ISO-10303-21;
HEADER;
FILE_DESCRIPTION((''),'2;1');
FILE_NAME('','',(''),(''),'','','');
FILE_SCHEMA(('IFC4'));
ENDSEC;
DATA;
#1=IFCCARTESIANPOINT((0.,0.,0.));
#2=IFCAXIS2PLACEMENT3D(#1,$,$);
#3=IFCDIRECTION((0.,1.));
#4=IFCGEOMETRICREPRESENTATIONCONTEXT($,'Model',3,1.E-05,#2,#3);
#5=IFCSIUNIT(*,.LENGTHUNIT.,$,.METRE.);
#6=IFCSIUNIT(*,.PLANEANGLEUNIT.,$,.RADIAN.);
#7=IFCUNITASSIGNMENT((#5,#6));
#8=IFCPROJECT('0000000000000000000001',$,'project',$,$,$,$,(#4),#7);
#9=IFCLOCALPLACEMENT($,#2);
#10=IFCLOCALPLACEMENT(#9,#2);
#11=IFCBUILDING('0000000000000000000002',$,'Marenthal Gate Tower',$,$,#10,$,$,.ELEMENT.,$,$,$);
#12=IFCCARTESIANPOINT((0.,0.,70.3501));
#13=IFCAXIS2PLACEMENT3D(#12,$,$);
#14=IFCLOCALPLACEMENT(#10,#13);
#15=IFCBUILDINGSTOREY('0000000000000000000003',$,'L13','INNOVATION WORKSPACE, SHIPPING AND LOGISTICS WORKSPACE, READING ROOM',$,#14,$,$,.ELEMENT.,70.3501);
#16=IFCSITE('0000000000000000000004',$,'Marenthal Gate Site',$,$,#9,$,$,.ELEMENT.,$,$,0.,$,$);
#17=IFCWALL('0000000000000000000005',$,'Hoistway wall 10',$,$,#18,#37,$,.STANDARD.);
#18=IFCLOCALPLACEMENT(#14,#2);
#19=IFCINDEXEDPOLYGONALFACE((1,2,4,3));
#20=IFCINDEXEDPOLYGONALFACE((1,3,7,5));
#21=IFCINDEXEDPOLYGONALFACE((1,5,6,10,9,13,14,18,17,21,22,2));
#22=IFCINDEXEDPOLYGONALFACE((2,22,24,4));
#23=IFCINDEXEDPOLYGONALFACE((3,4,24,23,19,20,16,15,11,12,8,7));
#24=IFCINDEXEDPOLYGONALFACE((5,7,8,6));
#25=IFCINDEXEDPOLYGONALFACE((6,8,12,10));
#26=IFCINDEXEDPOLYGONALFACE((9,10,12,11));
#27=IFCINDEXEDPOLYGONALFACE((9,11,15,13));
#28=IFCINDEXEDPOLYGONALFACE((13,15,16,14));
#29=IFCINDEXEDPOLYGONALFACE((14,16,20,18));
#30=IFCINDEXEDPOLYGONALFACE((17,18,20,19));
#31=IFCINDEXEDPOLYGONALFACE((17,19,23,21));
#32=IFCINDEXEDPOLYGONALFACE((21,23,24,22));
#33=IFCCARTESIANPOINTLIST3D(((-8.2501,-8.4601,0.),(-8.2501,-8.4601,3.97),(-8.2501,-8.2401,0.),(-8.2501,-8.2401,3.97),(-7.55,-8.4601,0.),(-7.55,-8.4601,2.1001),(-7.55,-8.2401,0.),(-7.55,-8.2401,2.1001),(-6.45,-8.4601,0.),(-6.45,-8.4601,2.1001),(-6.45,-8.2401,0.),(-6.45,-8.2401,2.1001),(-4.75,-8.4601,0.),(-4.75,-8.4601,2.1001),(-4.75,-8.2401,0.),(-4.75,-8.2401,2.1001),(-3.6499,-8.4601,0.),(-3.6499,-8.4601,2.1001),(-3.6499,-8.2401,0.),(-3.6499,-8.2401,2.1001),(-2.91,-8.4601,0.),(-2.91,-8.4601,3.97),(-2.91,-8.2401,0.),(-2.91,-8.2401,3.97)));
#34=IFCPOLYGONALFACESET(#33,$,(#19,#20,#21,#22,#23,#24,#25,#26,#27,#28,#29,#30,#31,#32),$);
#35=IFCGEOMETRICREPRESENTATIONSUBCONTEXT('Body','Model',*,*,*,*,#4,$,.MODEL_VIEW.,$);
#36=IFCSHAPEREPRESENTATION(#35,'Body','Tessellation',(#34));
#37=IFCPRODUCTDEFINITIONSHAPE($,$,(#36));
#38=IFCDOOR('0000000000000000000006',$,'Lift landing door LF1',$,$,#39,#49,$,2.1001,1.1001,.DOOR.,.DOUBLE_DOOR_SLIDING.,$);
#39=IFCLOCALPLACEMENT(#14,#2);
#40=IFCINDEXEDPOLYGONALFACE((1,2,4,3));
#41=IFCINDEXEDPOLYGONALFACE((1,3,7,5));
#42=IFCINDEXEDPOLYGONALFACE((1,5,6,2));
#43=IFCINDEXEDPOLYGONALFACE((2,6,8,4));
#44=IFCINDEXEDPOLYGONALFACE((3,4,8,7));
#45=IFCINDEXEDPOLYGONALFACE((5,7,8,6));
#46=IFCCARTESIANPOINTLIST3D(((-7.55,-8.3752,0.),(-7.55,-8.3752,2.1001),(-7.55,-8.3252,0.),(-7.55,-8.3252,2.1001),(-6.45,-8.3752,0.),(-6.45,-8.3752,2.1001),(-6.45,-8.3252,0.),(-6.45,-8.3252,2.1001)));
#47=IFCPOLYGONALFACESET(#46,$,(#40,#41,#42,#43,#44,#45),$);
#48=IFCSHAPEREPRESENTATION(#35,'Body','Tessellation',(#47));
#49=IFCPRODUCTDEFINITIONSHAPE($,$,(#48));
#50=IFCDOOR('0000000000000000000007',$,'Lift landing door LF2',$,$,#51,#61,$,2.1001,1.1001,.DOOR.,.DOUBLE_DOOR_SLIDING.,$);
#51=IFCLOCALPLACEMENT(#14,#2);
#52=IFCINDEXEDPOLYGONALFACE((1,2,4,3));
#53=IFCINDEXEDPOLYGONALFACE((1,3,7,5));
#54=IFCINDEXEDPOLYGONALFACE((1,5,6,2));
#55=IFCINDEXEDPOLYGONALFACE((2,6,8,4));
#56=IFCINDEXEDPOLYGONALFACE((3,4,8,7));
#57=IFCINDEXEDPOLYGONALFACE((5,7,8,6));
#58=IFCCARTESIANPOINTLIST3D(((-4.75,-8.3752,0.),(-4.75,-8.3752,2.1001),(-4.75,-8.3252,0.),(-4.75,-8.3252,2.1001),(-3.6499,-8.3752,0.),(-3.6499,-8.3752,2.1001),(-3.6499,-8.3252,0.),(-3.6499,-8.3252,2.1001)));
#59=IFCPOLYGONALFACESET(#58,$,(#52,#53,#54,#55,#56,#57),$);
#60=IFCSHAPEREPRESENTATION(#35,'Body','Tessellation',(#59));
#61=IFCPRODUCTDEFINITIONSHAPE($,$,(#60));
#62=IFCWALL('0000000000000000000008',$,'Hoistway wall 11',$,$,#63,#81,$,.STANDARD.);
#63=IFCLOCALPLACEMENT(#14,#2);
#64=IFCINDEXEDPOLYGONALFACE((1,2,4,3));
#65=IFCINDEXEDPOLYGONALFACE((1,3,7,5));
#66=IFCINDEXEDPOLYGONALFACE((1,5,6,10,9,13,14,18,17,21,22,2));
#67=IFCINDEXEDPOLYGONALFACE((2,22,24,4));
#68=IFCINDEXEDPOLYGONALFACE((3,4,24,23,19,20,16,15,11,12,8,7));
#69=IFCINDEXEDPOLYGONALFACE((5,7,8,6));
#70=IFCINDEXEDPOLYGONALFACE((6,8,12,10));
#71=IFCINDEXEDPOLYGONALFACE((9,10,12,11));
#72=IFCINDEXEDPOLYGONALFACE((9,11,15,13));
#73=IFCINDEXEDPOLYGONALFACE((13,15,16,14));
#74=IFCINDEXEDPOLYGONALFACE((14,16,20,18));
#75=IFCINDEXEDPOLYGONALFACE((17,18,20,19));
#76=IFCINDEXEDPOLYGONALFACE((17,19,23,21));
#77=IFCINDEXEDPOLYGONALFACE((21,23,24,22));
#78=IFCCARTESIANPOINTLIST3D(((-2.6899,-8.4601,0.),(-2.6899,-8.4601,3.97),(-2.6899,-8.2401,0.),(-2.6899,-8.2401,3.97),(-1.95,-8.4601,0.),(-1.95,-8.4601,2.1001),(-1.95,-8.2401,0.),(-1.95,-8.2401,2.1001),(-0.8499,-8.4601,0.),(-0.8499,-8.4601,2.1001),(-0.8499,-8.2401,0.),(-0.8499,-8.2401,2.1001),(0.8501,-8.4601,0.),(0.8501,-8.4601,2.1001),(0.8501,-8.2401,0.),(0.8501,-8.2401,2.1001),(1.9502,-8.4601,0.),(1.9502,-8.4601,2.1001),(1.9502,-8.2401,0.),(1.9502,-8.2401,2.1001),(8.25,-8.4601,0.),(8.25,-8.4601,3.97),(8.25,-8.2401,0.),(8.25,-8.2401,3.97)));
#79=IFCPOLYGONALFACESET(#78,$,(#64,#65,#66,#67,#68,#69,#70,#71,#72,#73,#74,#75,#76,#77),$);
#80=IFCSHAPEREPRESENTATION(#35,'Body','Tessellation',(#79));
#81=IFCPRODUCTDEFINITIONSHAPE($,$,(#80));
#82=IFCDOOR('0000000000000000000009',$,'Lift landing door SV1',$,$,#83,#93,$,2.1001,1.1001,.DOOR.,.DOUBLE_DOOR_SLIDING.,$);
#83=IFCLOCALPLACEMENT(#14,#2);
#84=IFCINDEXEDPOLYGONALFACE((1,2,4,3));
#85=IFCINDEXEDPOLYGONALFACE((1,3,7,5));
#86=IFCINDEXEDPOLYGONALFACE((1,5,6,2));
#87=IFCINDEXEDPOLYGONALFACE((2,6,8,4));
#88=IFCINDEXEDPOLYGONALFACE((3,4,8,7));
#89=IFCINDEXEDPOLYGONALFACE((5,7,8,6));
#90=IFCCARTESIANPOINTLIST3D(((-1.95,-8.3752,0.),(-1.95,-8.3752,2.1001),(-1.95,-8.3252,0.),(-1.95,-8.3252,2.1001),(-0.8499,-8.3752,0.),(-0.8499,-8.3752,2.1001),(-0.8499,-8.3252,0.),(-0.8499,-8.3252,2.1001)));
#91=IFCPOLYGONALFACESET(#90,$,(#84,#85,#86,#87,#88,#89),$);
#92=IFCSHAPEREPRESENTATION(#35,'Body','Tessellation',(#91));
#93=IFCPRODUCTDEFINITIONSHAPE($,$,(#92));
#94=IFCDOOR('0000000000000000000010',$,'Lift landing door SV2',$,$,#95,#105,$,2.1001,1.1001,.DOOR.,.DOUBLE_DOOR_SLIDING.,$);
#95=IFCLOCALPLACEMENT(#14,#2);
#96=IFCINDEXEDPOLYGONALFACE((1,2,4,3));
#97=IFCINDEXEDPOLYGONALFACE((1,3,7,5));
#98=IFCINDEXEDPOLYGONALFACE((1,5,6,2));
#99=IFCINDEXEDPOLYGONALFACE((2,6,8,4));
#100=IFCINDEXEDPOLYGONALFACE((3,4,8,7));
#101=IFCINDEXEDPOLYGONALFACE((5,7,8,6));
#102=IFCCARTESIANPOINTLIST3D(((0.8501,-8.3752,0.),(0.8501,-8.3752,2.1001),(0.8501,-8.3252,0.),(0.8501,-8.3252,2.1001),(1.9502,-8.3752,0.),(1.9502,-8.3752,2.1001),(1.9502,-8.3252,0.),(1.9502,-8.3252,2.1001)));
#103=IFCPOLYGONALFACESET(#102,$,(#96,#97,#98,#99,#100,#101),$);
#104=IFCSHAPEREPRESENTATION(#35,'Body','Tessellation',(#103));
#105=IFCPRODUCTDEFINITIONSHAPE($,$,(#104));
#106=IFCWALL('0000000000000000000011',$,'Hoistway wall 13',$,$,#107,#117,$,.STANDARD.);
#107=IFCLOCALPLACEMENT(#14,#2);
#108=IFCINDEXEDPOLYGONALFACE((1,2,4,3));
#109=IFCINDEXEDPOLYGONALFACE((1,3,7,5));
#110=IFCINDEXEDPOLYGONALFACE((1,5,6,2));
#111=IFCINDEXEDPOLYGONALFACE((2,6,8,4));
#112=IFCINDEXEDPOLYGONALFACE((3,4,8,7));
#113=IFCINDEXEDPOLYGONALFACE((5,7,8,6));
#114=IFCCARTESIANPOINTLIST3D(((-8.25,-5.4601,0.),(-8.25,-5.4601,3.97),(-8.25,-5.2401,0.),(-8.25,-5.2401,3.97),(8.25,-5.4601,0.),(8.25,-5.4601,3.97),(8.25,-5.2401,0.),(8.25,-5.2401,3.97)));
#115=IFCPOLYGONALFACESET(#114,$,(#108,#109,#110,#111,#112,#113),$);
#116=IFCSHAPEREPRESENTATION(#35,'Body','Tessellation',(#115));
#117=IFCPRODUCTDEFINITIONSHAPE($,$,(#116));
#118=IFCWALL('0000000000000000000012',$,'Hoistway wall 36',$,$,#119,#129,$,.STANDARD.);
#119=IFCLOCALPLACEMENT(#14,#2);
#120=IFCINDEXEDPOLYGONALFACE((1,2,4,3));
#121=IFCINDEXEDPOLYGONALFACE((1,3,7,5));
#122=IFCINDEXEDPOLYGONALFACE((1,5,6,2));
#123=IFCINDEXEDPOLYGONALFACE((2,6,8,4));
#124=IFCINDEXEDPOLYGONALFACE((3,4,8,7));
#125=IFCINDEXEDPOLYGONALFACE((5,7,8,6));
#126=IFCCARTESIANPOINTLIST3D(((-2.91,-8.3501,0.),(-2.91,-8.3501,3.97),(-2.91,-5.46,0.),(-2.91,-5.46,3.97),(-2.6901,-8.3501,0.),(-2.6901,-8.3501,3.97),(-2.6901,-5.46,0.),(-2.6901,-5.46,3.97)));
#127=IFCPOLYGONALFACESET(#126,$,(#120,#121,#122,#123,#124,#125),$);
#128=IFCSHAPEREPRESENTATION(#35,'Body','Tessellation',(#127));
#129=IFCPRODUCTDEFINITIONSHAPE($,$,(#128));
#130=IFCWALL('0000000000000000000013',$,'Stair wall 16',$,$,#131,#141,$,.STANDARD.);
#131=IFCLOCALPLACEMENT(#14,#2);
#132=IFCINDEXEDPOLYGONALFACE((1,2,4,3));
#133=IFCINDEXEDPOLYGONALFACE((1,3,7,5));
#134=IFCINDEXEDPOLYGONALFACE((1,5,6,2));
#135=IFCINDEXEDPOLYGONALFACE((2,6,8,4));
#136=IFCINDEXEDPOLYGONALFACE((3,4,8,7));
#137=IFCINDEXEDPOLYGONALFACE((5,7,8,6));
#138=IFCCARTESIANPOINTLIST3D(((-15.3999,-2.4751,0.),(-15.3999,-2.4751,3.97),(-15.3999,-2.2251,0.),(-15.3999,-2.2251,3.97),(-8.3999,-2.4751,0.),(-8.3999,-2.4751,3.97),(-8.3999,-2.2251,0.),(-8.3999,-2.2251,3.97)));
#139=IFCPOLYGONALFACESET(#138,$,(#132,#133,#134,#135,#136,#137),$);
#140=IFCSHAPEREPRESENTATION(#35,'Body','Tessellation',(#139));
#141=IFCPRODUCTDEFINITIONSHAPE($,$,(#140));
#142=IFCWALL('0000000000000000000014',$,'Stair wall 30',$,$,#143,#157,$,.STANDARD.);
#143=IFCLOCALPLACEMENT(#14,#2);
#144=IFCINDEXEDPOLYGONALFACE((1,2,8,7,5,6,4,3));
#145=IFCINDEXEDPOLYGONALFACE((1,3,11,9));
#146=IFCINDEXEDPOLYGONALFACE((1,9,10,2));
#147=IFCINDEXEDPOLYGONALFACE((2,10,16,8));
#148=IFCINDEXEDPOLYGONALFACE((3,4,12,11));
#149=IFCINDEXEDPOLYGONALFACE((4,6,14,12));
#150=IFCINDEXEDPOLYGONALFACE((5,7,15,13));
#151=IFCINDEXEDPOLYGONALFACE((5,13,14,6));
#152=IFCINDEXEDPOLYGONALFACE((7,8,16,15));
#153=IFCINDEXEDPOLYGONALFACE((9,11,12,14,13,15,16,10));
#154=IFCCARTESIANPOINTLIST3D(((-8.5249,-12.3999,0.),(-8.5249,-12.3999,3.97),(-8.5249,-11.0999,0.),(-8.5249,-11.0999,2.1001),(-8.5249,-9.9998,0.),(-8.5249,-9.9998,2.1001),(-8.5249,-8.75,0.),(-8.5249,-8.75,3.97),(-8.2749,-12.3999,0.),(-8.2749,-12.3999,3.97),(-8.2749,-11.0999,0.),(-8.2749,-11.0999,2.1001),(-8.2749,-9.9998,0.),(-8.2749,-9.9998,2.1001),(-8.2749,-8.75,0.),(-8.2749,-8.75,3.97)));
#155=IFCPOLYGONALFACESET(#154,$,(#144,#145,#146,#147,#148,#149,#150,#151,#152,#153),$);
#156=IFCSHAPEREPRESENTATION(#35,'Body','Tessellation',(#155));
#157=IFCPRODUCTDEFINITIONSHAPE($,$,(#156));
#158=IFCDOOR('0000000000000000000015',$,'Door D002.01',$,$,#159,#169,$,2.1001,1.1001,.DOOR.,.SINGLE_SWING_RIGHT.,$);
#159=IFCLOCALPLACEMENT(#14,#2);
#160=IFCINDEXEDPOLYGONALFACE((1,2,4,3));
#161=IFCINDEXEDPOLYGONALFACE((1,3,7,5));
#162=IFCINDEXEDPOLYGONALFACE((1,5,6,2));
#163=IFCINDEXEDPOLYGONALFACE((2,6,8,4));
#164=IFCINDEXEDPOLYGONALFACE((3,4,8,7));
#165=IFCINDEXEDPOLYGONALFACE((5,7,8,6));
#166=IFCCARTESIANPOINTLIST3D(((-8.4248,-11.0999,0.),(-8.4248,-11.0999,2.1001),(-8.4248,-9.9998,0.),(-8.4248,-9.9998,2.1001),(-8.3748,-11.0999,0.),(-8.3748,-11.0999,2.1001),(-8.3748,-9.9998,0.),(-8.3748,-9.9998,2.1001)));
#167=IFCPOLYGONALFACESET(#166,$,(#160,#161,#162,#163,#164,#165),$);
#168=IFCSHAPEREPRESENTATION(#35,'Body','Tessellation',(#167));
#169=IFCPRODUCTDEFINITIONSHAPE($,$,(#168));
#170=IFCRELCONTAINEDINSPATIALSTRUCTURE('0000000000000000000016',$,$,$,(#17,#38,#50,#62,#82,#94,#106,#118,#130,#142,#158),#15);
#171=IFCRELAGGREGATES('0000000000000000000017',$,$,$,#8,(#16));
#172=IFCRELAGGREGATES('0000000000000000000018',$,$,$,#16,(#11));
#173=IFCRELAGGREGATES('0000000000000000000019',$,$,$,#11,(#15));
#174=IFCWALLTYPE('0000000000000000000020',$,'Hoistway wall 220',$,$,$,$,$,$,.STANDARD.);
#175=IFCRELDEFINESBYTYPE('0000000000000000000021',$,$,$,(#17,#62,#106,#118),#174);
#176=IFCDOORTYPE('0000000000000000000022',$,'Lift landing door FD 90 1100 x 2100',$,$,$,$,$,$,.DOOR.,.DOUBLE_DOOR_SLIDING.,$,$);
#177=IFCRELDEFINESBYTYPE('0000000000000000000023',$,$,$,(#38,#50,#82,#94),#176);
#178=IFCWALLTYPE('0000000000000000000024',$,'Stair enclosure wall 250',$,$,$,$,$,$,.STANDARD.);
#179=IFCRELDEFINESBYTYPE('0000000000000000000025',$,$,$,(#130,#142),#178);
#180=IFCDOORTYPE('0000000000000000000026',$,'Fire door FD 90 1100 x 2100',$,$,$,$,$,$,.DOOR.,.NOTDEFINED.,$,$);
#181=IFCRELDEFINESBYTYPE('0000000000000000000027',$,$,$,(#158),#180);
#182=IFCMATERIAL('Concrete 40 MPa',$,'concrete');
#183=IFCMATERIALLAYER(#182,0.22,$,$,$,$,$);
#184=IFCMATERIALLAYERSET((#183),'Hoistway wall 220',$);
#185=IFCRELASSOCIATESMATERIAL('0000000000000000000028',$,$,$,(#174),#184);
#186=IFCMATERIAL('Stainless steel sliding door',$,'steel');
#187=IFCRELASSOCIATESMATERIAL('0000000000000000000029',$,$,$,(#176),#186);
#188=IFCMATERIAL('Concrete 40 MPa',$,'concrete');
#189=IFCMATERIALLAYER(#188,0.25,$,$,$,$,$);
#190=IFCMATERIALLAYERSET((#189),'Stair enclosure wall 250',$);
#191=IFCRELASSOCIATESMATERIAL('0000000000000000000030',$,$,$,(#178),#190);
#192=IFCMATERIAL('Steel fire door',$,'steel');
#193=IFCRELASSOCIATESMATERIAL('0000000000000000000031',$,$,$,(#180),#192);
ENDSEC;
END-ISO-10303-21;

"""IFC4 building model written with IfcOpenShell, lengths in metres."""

from ifc_helpers import new_model, si_unit, direction, frame, frame_2d, origin, place, context, subcontext, project, spatial, rectangle, extrude, material, layer, layer_set, type_object, element, fill, save


model = new_model("IFC4")

# Units and contexts
model_context = context("Model", 3, precision=1e-05, world=origin(), true_north=direction((0.0, 1.0)))
body_context = subcontext(model_context, "Body", "Model", "MODEL_VIEW")
ifc_project = project(units=[si_unit("LENGTHUNIT", "METRE"), si_unit("PLANEANGLEUNIT", "RADIAN")], contexts=[model_context])

# Site, building, storey
site_placement = place(None, origin())
site = spatial("IfcSite", under=ifc_project, at=site_placement, Name="Marenthal Gate Site", CompositionType="ELEMENT", RefElevation=0.0)
building_placement = place(site_placement, origin())
building = spatial("IfcBuilding", under=site, at=building_placement, Name="Marenthal Gate Tower", CompositionType="ELEMENT")
storey_placement = place(building_placement, frame((0.0, 0.0, 70.3501)))
storey = spatial("IfcBuildingStorey", under=building, at=storey_placement, Name="L13", Description="INNOVATION WORKSPACE, SHIPPING AND LOGISTICS WORKSPACE, READING ROOM", CompositionType="ELEMENT", Elevation=70.3501)

# Walls, openings, doors
ifc_material_1 = material(Name="Concrete 40 MPa", Category="concrete")
ifc_layer_1 = layer(ifc_material_1, 0.22)
ifc_layer_set_1 = layer_set([ifc_layer_1], Name="Hoistway wall 220")
wall_type_1 = type_object("IfcWallType", Name="Hoistway wall 220", PredefinedType="STANDARD", material=ifc_layer_set_1)
wall_1_placement = place(storey_placement, frame((-8.25, -8.3501, 0.0), z_axis=(0.0, 0.0, 1.0), x_axis=(1.0, 0.0, 0.0)))
wall_1 = element("IfcWall", 1, at=wall_1_placement, inside=storey, type_object=wall_type_1, Name="Hoistway wall 10", PredefinedType="STANDARD", context=body_context, shape_type="SweptSolid", body=[
    extrude(rectangle(XDim=5.3401, YDim=0.22, at=frame_2d((2.6699, 0.0))), origin(), (0.0, 0.0, 1.0), 3.97),
])
opening_1_placement = place(wall_1_placement, frame((0.7, 0.0, 0.0)))
opening_1 = element("IfcOpeningElement", 2, at=opening_1_placement, cuts=wall_1, PredefinedType="OPENING", context=body_context, shape_type="SweptSolid", body=[
    extrude(rectangle(XDim=1.1001, YDim=2.1001, at=frame_2d((0.55, 1.05))), frame((0.0, 0.1201, 0.0), z_axis=(0.0, -1.0, 0.0), x_axis=(1.0, 0.0, 0.0)), (0.0, 0.0, 1.0), 0.24),
])
opening_2_placement = place(wall_1_placement, frame((3.5, 0.0, 0.0)))
opening_2 = element("IfcOpeningElement", 3, at=opening_2_placement, cuts=wall_1, PredefinedType="OPENING", context=body_context, shape_type="SweptSolid", body=[
    extrude(rectangle(XDim=1.1001, YDim=2.1001, at=frame_2d((0.55, 1.05))), frame((0.0, 0.1201, 0.0), z_axis=(0.0, -1.0, 0.0), x_axis=(1.0, 0.0, 0.0)), (0.0, 0.0, 1.0), 0.24),
])
ifc_material_2 = material(Name="Stainless steel sliding door", Category="steel")
door_type_1 = type_object("IfcDoorType", Name="Lift landing door FD 90 1100 x 2100", OperationType="DOUBLE_DOOR_SLIDING", PredefinedType="DOOR", material=ifc_material_2)
door_1_placement = place(opening_1_placement, origin())
door_1 = element("IfcDoor", 4, at=door_1_placement, inside=storey, type_object=door_type_1, Name="Lift landing door LF1", OperationType="DOUBLE_DOOR_SLIDING", OverallHeight=2.1001, OverallWidth=1.1001, PredefinedType="DOOR", context=body_context, shape_type="SweptSolid", body=[
    extrude(rectangle(XDim=1.1001, YDim=2.1001, at=frame_2d((0.55, 1.05))), frame((0.0, 0.0249, 0.0), z_axis=(0.0, -1.0, 0.0), x_axis=(1.0, 0.0, 0.0)), (0.0, 0.0, 1.0), 0.05),
])
fill(opening_1, door_1)
door_2_placement = place(opening_2_placement, origin())
door_2 = element("IfcDoor", 5, at=door_2_placement, inside=storey, type_object=door_type_1, Name="Lift landing door LF2", OperationType="DOUBLE_DOOR_SLIDING", OverallHeight=2.1001, OverallWidth=1.1001, PredefinedType="DOOR", context=body_context, shape_type="SweptSolid", body=[
    extrude(rectangle(XDim=1.1001, YDim=2.1001, at=frame_2d((0.55, 1.05))), frame((0.0, 0.0249, 0.0), z_axis=(0.0, -1.0, 0.0), x_axis=(1.0, 0.0, 0.0)), (0.0, 0.0, 1.0), 0.05),
])
fill(opening_2, door_2)
wall_2_placement = place(storey_placement, frame((-2.6899, -8.3501, 0.0), z_axis=(0.0, 0.0, 1.0), x_axis=(1.0, 0.0, 0.0)))
wall_2 = element("IfcWall", 6, at=wall_2_placement, inside=storey, type_object=wall_type_1, Name="Hoistway wall 11", PredefinedType="STANDARD", context=body_context, shape_type="SweptSolid", body=[
    extrude(rectangle(XDim=10.9399, YDim=0.22, at=frame_2d((5.47, 0.0))), origin(), (0.0, 0.0, 1.0), 3.97),
])
opening_3_placement = place(wall_2_placement, frame((0.74, 0.0, 0.0)))
opening_3 = element("IfcOpeningElement", 7, at=opening_3_placement, cuts=wall_2, PredefinedType="OPENING", context=body_context, shape_type="SweptSolid", body=[
    extrude(rectangle(XDim=1.1001, YDim=2.1001, at=frame_2d((0.55, 1.05))), frame((0.0, 0.1201, 0.0), z_axis=(0.0, -1.0, 0.0), x_axis=(1.0, 0.0, 0.0)), (0.0, 0.0, 1.0), 0.24),
])
opening_4_placement = place(wall_2_placement, frame((3.54, 0.0, 0.0)))
opening_4 = element("IfcOpeningElement", 8, at=opening_4_placement, cuts=wall_2, PredefinedType="OPENING", context=body_context, shape_type="SweptSolid", body=[
    extrude(rectangle(XDim=1.1001, YDim=2.1001, at=frame_2d((0.55, 1.05))), frame((0.0, 0.1201, 0.0), z_axis=(0.0, -1.0, 0.0), x_axis=(1.0, 0.0, 0.0)), (0.0, 0.0, 1.0), 0.24),
])
door_3_placement = place(opening_3_placement, origin())
door_3 = element("IfcDoor", 9, at=door_3_placement, inside=storey, type_object=door_type_1, Name="Lift landing door SV1", OperationType="DOUBLE_DOOR_SLIDING", OverallHeight=2.1001, OverallWidth=1.1001, PredefinedType="DOOR", context=body_context, shape_type="SweptSolid", body=[
    extrude(rectangle(XDim=1.1001, YDim=2.1001, at=frame_2d((0.55, 1.05))), frame((0.0, 0.0249, 0.0), z_axis=(0.0, -1.0, 0.0), x_axis=(1.0, 0.0, 0.0)), (0.0, 0.0, 1.0), 0.05),
])
fill(opening_3, door_3)
door_4_placement = place(opening_4_placement, origin())
door_4 = element("IfcDoor", 10, at=door_4_placement, inside=storey, type_object=door_type_1, Name="Lift landing door SV2", OperationType="DOUBLE_DOOR_SLIDING", OverallHeight=2.1001, OverallWidth=1.1001, PredefinedType="DOOR", context=body_context, shape_type="SweptSolid", body=[
    extrude(rectangle(XDim=1.1001, YDim=2.1001, at=frame_2d((0.55, 1.05))), frame((0.0, 0.0249, 0.0), z_axis=(0.0, -1.0, 0.0), x_axis=(1.0, 0.0, 0.0)), (0.0, 0.0, 1.0), 0.05),
])
fill(opening_4, door_4)

# Walls
wall_3_placement = place(storey_placement, frame((-8.25, -5.3501, 0.0), z_axis=(0.0, 0.0, 1.0), x_axis=(1.0, 0.0, 0.0)))
element("IfcWall", 11, at=wall_3_placement, inside=storey, type_object=wall_type_1, Name="Hoistway wall 13", PredefinedType="STANDARD", context=body_context, shape_type="SweptSolid", body=[
    extrude(rectangle(XDim=16.5, YDim=0.22, at=frame_2d((8.25, 0.0))), origin(), (0.0, 0.0, 1.0), 3.97),
])
wall_4_placement = place(storey_placement, frame((-2.8, -8.3501, 0.0), z_axis=(0.0, 0.0, 1.0), x_axis=(0.0, 1.0, 0.0)))
element("IfcWall", 12, at=wall_4_placement, inside=storey, type_object=wall_type_1, Name="Hoistway wall 36", PredefinedType="STANDARD", context=body_context, shape_type="SweptSolid", body=[
    extrude(rectangle(XDim=2.8901, YDim=0.22, at=frame_2d((1.4451, 0.0))), origin(), (0.0, 0.0, 1.0), 3.97),
])
ifc_material_3 = material(Name="Concrete 40 MPa", Category="concrete")
ifc_layer_2 = layer(ifc_material_3, 0.25)
ifc_layer_set_2 = layer_set([ifc_layer_2], Name="Stair enclosure wall 250")
wall_type_2 = type_object("IfcWallType", Name="Stair enclosure wall 250", PredefinedType="STANDARD", material=ifc_layer_set_2)
wall_5_placement = place(storey_placement, frame((-15.3999, -2.3501, 0.0), z_axis=(0.0, 0.0, 1.0), x_axis=(1.0, 0.0, 0.0)))
element("IfcWall", 13, at=wall_5_placement, inside=storey, type_object=wall_type_2, Name="Stair wall 16", PredefinedType="STANDARD", context=body_context, shape_type="SweptSolid", body=[
    extrude(rectangle(XDim=7.0, YDim=0.25, at=frame_2d((3.5, 0.0))), origin(), (0.0, 0.0, 1.0), 3.97),
])

# Wall, opening, door
wall_6_placement = place(storey_placement, frame((-8.3999, -12.3999, 0.0), z_axis=(0.0, 0.0, 1.0), x_axis=(0.0, 1.0, 0.0)))
wall_6 = element("IfcWall", 14, at=wall_6_placement, inside=storey, type_object=wall_type_2, Name="Stair wall 30", PredefinedType="STANDARD", context=body_context, shape_type="SweptSolid", body=[
    extrude(rectangle(XDim=3.6499, YDim=0.25, at=frame_2d((1.825, 0.0))), origin(), (0.0, 0.0, 1.0), 3.97),
])
opening_5_placement = place(wall_6_placement, frame((1.3, 0.0, 0.0)))
opening_5 = element("IfcOpeningElement", 15, at=opening_5_placement, cuts=wall_6, PredefinedType="OPENING", context=body_context, shape_type="SweptSolid", body=[
    extrude(rectangle(XDim=1.1001, YDim=2.1001, at=frame_2d((0.55, 1.05))), frame((0.0, 0.135, 0.0), z_axis=(0.0, -1.0, 0.0), x_axis=(1.0, 0.0, 0.0)), (0.0, 0.0, 1.0), 0.27),
])
ifc_material_4 = material(Name="Steel fire door", Category="steel")
door_type_2 = type_object("IfcDoorType", Name="Fire door FD 90 1100 x 2100", OperationType="NOTDEFINED", PredefinedType="DOOR", material=ifc_material_4)
door_5_placement = place(opening_5_placement, origin())
door_5 = element("IfcDoor", 16, at=door_5_placement, inside=storey, type_object=door_type_2, Name="Door D002.01", OperationType="SINGLE_SWING_RIGHT", OverallHeight=2.1001, OverallWidth=1.1001, PredefinedType="DOOR", context=body_context, shape_type="SweptSolid", body=[
    extrude(rectangle(XDim=1.1001, YDim=2.1001, at=frame_2d((0.55, 1.05))), frame((0.0, 0.0249, 0.0), z_axis=(0.0, -1.0, 0.0), x_axis=(1.0, 0.0, 0.0)), (0.0, 0.0, 1.0), 0.05),
])
fill(opening_5, door_5)

save(model, "model.ifc")
